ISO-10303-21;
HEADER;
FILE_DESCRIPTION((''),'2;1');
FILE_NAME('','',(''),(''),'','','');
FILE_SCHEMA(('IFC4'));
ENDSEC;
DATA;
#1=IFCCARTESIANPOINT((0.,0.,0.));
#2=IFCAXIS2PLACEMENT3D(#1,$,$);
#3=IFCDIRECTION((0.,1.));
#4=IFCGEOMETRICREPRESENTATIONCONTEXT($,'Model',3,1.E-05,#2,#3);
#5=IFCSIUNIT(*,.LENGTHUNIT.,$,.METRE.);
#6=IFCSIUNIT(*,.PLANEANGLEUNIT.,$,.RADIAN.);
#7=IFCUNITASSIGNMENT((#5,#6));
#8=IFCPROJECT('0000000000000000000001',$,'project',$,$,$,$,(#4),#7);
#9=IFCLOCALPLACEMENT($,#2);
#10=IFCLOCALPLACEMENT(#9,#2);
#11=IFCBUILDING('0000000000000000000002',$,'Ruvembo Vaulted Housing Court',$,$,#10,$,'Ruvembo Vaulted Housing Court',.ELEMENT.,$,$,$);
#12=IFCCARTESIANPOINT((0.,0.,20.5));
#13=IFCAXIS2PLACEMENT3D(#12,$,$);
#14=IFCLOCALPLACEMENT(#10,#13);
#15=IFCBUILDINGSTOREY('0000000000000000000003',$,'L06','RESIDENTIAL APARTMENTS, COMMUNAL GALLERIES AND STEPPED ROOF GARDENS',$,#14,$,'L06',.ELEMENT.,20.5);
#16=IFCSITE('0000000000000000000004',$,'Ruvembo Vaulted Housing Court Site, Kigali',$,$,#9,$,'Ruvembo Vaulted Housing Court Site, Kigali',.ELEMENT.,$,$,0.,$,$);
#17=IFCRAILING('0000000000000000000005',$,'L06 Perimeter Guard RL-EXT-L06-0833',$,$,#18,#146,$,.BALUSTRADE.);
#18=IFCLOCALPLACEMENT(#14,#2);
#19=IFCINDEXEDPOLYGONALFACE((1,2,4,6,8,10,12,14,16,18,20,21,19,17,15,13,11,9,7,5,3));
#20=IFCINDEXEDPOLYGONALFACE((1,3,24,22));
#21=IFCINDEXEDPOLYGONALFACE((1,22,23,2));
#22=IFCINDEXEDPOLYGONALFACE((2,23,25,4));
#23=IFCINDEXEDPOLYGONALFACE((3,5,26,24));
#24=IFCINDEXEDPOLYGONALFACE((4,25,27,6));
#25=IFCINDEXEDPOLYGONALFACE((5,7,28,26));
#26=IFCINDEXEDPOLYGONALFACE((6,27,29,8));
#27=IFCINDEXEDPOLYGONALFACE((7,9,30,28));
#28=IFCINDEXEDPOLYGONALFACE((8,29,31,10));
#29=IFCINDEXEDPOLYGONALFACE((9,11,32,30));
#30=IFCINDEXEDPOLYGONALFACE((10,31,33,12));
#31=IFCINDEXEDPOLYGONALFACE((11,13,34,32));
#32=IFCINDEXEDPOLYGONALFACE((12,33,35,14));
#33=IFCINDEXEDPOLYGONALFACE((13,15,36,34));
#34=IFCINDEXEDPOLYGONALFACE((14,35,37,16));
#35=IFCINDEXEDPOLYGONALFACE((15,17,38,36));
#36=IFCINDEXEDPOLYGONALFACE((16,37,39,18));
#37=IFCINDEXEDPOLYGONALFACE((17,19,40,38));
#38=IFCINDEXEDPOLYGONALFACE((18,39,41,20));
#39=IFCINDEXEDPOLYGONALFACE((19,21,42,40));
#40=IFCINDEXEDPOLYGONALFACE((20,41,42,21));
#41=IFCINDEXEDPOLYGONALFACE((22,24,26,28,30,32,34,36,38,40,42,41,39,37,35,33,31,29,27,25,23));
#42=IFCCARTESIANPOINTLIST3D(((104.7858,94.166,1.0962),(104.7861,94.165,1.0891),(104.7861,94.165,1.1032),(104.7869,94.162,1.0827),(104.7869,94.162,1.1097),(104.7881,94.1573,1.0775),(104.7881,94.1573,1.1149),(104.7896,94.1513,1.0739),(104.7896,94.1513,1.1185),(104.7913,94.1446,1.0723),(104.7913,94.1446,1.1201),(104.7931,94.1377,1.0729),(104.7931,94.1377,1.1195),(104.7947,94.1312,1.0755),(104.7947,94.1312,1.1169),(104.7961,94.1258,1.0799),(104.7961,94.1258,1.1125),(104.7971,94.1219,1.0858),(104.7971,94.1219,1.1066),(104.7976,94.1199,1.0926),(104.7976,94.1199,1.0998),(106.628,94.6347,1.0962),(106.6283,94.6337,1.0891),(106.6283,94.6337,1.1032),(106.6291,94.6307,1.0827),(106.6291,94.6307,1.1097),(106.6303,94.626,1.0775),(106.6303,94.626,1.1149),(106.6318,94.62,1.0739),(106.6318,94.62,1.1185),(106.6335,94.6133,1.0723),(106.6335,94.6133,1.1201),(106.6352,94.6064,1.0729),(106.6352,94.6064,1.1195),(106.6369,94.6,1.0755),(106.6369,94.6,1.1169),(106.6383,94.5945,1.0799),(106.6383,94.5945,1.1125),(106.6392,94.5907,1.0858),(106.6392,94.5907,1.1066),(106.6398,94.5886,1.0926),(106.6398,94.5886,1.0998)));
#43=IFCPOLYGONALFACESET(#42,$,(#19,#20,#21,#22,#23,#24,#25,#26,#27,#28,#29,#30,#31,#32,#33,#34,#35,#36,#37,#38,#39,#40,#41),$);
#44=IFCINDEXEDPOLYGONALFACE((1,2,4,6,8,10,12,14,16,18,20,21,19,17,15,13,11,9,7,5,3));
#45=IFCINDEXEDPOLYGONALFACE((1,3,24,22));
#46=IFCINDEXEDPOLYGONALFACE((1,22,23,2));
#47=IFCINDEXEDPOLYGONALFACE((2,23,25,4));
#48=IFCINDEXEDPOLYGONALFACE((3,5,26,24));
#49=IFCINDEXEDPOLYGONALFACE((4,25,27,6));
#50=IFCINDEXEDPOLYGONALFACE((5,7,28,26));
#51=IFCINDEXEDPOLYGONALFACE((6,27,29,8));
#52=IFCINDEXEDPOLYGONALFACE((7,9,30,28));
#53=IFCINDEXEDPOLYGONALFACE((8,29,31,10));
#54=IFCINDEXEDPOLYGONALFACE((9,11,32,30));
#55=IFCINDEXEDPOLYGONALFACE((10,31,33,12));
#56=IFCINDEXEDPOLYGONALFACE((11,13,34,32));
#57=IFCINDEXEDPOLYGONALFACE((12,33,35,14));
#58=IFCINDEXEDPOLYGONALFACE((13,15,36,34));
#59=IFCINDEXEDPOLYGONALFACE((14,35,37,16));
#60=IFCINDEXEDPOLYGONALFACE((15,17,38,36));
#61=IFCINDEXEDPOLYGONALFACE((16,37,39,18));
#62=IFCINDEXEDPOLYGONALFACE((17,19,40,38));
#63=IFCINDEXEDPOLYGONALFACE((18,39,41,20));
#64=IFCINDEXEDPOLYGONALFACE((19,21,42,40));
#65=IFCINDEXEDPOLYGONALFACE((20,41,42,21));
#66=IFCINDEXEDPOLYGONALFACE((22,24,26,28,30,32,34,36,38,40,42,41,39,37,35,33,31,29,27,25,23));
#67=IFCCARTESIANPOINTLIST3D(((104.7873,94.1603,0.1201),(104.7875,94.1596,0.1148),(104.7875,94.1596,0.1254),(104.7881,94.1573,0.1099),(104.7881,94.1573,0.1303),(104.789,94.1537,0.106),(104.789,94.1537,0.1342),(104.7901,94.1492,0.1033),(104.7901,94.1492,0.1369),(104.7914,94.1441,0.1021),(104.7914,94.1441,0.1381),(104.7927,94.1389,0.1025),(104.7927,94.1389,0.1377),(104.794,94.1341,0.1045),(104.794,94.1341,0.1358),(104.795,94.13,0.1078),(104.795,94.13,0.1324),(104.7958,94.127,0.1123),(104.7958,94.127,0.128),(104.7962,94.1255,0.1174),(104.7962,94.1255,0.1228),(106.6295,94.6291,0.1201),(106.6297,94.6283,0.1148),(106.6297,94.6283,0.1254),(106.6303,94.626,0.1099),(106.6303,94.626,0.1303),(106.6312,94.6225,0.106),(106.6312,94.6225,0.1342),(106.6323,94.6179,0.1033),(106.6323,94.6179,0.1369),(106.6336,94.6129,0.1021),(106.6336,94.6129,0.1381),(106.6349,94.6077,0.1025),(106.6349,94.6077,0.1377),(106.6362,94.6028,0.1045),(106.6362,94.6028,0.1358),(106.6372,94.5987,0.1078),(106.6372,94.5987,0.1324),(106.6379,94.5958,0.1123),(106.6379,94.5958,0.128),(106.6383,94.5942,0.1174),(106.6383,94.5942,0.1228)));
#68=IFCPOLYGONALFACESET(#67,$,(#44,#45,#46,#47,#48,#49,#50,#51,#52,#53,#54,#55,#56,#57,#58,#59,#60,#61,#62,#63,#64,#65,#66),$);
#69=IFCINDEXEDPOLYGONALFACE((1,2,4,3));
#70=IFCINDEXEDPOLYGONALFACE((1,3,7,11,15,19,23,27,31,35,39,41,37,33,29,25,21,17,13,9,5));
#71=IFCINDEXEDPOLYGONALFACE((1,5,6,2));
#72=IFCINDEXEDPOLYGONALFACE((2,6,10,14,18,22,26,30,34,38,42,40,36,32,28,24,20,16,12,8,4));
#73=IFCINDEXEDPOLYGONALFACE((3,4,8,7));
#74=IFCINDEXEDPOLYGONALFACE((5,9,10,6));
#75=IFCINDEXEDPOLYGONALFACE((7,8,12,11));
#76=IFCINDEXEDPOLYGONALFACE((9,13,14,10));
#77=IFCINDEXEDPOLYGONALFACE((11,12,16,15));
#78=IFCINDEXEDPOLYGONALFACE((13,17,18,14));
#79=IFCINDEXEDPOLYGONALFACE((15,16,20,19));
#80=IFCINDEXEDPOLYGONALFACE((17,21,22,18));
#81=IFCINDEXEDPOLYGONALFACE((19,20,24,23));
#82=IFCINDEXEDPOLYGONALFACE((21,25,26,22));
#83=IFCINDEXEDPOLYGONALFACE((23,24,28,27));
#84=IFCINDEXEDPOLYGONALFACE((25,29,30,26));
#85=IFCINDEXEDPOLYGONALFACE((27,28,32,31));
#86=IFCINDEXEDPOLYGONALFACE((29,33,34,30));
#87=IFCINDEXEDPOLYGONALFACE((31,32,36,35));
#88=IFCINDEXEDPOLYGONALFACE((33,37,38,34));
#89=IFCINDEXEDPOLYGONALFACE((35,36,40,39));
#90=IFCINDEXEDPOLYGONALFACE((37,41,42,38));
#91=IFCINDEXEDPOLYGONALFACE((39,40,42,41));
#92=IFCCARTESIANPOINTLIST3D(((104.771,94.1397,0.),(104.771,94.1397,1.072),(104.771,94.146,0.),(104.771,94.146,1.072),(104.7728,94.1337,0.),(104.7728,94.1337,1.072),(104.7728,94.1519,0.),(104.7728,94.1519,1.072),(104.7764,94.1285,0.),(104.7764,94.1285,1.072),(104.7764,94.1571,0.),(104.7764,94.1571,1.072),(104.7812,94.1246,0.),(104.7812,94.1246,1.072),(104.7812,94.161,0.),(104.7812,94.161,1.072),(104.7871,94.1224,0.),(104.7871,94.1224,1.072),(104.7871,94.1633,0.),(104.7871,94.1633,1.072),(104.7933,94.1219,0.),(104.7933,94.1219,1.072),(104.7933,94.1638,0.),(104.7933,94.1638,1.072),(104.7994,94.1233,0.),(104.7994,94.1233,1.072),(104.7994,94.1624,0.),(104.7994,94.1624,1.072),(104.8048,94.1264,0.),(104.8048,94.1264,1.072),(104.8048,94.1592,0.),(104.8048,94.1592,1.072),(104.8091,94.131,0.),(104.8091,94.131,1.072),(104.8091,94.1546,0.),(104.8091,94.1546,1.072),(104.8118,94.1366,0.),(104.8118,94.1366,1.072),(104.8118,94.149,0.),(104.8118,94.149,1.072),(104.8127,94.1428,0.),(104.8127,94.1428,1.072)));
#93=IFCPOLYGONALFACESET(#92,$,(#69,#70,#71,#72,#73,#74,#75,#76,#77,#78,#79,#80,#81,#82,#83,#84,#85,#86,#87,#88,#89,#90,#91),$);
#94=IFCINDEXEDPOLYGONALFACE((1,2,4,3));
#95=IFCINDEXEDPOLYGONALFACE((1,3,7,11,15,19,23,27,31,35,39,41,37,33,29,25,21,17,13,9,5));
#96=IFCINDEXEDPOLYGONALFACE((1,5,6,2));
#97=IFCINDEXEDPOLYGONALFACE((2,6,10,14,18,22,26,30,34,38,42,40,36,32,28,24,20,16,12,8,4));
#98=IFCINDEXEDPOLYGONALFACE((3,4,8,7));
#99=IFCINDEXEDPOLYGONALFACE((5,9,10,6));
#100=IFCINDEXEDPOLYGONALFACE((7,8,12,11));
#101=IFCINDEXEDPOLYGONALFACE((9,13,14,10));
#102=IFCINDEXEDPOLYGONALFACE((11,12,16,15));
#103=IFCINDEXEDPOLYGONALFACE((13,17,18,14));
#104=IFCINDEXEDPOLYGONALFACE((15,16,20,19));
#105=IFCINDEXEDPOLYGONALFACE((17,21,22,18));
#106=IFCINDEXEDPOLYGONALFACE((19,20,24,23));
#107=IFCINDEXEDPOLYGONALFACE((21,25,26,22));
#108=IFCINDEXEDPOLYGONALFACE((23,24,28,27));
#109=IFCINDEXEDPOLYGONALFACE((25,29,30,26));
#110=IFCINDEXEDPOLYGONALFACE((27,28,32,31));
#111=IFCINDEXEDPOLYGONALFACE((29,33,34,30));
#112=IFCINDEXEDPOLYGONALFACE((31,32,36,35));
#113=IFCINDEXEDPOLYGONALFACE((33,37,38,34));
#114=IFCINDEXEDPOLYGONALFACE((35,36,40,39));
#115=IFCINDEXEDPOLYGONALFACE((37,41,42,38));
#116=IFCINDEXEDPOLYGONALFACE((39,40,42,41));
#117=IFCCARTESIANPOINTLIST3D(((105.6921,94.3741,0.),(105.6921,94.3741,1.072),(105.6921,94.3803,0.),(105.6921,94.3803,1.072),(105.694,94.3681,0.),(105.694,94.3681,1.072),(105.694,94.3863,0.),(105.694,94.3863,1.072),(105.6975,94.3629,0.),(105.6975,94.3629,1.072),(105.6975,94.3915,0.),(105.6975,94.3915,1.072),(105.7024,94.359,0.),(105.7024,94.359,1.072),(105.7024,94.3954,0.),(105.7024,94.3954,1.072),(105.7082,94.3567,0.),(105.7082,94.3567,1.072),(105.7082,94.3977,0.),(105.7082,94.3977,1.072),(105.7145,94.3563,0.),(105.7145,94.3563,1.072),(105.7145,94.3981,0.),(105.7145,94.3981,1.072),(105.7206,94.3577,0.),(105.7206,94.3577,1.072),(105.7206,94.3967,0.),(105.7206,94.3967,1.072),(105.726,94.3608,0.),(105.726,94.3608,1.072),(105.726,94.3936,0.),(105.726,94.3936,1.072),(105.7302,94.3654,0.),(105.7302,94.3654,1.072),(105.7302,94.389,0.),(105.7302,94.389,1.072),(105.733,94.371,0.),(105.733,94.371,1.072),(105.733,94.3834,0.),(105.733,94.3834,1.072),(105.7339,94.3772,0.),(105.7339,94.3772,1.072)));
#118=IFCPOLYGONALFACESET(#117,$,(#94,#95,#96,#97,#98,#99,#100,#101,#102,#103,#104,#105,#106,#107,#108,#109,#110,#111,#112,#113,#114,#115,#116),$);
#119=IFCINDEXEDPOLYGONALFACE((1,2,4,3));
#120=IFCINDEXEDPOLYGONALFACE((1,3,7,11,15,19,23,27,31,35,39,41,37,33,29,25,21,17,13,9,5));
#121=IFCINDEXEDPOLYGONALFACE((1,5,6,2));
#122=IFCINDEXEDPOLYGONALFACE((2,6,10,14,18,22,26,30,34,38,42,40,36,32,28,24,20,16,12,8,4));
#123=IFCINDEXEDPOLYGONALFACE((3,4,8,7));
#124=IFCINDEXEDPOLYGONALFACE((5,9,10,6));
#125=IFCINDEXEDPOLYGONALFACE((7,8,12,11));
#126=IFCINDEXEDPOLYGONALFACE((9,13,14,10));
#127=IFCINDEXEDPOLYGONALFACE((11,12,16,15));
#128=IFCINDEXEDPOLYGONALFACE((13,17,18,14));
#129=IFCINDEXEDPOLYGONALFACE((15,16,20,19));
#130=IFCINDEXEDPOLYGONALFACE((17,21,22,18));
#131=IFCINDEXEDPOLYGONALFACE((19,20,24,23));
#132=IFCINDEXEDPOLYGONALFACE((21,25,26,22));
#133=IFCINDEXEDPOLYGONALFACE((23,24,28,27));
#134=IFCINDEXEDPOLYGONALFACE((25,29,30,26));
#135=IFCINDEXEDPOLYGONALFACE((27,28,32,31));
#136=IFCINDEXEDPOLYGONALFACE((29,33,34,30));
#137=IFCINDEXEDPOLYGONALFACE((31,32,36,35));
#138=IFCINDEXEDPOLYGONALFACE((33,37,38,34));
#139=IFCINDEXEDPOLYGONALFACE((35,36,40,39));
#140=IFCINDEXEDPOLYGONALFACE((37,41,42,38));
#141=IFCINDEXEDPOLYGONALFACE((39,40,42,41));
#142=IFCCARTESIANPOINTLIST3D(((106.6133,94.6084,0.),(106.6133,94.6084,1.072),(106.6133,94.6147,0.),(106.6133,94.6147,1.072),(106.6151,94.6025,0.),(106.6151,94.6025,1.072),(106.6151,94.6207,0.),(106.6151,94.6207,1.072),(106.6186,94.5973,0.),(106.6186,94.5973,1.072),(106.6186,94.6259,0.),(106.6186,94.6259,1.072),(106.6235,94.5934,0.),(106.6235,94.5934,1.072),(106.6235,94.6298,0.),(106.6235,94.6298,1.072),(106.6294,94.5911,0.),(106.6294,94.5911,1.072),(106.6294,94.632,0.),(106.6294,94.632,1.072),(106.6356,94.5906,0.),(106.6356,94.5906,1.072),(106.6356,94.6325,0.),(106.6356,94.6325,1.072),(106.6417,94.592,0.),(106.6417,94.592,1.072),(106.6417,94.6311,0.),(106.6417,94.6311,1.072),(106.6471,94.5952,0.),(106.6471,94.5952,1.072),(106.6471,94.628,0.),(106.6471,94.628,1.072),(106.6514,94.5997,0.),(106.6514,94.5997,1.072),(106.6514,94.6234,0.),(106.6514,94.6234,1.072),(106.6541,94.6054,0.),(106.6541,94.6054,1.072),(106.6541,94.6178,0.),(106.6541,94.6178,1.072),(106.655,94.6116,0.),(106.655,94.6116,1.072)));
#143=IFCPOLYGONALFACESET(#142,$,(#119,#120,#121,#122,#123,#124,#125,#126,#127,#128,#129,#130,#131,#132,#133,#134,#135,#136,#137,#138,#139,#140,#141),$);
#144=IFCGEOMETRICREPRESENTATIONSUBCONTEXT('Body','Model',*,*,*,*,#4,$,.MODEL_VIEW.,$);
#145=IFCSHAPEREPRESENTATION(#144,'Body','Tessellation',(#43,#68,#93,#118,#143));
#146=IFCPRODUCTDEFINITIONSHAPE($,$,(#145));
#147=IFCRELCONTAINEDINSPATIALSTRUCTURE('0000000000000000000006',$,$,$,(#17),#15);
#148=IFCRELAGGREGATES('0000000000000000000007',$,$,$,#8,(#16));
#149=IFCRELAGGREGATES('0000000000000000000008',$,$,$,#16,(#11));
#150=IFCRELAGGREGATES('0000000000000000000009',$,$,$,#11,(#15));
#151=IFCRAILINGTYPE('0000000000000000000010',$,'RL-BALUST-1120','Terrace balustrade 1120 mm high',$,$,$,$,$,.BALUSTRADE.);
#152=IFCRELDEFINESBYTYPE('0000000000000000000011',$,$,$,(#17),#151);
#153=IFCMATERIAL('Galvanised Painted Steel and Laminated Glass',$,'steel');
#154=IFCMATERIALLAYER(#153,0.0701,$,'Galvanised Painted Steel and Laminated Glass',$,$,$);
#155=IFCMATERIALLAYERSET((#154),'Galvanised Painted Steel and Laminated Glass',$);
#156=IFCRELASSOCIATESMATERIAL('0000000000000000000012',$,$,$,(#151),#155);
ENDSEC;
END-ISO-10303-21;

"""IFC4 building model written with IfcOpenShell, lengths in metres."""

from ifc_helpers import new_model, si_unit, direction, frame, origin, origin_2d, place, context, subcontext, project, spatial, circle, extrude, material, layer, layer_set, type_object, element, save


model = new_model("IFC4")

# Units and contexts
model_context = context("Model", 3, precision=1e-05, world=origin(), true_north=direction((0.0, 1.0)))
body_context = subcontext(model_context, "Body", "Model", "MODEL_VIEW")
ifc_project = project(units=[si_unit("LENGTHUNIT", "METRE"), si_unit("PLANEANGLEUNIT", "RADIAN")], contexts=[model_context])

# Site, building, storey
site_placement = place(None, origin())
site = spatial("IfcSite", under=ifc_project, at=site_placement, Name="Ruvembo Vaulted Housing Court Site, Kigali", LongName="Ruvembo Vaulted Housing Court Site, Kigali", CompositionType="ELEMENT", RefElevation=0.0)
building_placement = place(site_placement, origin())
building = spatial("IfcBuilding", under=site, at=building_placement, Name="Ruvembo Vaulted Housing Court", LongName="Ruvembo Vaulted Housing Court", CompositionType="ELEMENT")
storey_placement = place(building_placement, frame((0.0, 0.0, 20.5)))
storey = spatial("IfcBuildingStorey", under=building, at=storey_placement, Name="L06", Description="RESIDENTIAL APARTMENTS, COMMUNAL GALLERIES AND STEPPED ROOF GARDENS", LongName="L06", CompositionType="ELEMENT", Elevation=20.5)

# Railing
ifc_material_1 = material(Name="Galvanised Painted Steel and Laminated Glass", Category="steel")
ifc_layer = layer(ifc_material_1, 0.0701, Name="Galvanised Painted Steel and Laminated Glass")
ifc_layer_set = layer_set([ifc_layer], Name="Galvanised Painted Steel and Laminated Glass")
railing_type = type_object("IfcRailingType", Name="RL-BALUST-1120", Description="Terrace balustrade 1120 mm high", PredefinedType="BALUSTRADE", material=ifc_layer_set)
railing_1_placement = place(storey_placement, frame((104.7917, 94.1428, 0.0)))
element("IfcRailing", 1, at=railing_1_placement, inside=storey, type_object=railing_type, Name="L06 Perimeter Guard RL-EXT-L06-0833", PredefinedType="BALUSTRADE", context=body_context, shape_type="SweptSolid", body=[
    extrude(circle(Radius=0.0239, at=origin_2d()), frame((0.0, 0.0, 1.0962), z_axis=(0.969122, 0.246583, 0.0), x_axis=(-0.246583, 0.969122, 0.0)), (0.0, 0.0, 1.0), 1.9009),
    extrude(circle(Radius=0.0181, at=origin_2d()), frame((0.0, 0.0, 0.1201), z_axis=(0.969122, 0.246583, 0.0), x_axis=(-0.246583, 0.969122, 0.0)), (0.0, 0.0, 1.0), 1.9009),
    extrude(circle(Radius=0.021, at=origin_2d()), origin(), (0.0, 0.0, 1.0), 1.072),
    extrude(circle(Radius=0.021, at=origin_2d()), frame((0.9211, 0.2344, 0.0)), (0.0, 0.0, 1.0), 1.072),
    extrude(circle(Radius=0.021, at=origin_2d()), frame((1.8423, 0.4688, 0.0)), (0.0, 0.0, 1.0), 1.072),
])

save(model, "model.ifc")
